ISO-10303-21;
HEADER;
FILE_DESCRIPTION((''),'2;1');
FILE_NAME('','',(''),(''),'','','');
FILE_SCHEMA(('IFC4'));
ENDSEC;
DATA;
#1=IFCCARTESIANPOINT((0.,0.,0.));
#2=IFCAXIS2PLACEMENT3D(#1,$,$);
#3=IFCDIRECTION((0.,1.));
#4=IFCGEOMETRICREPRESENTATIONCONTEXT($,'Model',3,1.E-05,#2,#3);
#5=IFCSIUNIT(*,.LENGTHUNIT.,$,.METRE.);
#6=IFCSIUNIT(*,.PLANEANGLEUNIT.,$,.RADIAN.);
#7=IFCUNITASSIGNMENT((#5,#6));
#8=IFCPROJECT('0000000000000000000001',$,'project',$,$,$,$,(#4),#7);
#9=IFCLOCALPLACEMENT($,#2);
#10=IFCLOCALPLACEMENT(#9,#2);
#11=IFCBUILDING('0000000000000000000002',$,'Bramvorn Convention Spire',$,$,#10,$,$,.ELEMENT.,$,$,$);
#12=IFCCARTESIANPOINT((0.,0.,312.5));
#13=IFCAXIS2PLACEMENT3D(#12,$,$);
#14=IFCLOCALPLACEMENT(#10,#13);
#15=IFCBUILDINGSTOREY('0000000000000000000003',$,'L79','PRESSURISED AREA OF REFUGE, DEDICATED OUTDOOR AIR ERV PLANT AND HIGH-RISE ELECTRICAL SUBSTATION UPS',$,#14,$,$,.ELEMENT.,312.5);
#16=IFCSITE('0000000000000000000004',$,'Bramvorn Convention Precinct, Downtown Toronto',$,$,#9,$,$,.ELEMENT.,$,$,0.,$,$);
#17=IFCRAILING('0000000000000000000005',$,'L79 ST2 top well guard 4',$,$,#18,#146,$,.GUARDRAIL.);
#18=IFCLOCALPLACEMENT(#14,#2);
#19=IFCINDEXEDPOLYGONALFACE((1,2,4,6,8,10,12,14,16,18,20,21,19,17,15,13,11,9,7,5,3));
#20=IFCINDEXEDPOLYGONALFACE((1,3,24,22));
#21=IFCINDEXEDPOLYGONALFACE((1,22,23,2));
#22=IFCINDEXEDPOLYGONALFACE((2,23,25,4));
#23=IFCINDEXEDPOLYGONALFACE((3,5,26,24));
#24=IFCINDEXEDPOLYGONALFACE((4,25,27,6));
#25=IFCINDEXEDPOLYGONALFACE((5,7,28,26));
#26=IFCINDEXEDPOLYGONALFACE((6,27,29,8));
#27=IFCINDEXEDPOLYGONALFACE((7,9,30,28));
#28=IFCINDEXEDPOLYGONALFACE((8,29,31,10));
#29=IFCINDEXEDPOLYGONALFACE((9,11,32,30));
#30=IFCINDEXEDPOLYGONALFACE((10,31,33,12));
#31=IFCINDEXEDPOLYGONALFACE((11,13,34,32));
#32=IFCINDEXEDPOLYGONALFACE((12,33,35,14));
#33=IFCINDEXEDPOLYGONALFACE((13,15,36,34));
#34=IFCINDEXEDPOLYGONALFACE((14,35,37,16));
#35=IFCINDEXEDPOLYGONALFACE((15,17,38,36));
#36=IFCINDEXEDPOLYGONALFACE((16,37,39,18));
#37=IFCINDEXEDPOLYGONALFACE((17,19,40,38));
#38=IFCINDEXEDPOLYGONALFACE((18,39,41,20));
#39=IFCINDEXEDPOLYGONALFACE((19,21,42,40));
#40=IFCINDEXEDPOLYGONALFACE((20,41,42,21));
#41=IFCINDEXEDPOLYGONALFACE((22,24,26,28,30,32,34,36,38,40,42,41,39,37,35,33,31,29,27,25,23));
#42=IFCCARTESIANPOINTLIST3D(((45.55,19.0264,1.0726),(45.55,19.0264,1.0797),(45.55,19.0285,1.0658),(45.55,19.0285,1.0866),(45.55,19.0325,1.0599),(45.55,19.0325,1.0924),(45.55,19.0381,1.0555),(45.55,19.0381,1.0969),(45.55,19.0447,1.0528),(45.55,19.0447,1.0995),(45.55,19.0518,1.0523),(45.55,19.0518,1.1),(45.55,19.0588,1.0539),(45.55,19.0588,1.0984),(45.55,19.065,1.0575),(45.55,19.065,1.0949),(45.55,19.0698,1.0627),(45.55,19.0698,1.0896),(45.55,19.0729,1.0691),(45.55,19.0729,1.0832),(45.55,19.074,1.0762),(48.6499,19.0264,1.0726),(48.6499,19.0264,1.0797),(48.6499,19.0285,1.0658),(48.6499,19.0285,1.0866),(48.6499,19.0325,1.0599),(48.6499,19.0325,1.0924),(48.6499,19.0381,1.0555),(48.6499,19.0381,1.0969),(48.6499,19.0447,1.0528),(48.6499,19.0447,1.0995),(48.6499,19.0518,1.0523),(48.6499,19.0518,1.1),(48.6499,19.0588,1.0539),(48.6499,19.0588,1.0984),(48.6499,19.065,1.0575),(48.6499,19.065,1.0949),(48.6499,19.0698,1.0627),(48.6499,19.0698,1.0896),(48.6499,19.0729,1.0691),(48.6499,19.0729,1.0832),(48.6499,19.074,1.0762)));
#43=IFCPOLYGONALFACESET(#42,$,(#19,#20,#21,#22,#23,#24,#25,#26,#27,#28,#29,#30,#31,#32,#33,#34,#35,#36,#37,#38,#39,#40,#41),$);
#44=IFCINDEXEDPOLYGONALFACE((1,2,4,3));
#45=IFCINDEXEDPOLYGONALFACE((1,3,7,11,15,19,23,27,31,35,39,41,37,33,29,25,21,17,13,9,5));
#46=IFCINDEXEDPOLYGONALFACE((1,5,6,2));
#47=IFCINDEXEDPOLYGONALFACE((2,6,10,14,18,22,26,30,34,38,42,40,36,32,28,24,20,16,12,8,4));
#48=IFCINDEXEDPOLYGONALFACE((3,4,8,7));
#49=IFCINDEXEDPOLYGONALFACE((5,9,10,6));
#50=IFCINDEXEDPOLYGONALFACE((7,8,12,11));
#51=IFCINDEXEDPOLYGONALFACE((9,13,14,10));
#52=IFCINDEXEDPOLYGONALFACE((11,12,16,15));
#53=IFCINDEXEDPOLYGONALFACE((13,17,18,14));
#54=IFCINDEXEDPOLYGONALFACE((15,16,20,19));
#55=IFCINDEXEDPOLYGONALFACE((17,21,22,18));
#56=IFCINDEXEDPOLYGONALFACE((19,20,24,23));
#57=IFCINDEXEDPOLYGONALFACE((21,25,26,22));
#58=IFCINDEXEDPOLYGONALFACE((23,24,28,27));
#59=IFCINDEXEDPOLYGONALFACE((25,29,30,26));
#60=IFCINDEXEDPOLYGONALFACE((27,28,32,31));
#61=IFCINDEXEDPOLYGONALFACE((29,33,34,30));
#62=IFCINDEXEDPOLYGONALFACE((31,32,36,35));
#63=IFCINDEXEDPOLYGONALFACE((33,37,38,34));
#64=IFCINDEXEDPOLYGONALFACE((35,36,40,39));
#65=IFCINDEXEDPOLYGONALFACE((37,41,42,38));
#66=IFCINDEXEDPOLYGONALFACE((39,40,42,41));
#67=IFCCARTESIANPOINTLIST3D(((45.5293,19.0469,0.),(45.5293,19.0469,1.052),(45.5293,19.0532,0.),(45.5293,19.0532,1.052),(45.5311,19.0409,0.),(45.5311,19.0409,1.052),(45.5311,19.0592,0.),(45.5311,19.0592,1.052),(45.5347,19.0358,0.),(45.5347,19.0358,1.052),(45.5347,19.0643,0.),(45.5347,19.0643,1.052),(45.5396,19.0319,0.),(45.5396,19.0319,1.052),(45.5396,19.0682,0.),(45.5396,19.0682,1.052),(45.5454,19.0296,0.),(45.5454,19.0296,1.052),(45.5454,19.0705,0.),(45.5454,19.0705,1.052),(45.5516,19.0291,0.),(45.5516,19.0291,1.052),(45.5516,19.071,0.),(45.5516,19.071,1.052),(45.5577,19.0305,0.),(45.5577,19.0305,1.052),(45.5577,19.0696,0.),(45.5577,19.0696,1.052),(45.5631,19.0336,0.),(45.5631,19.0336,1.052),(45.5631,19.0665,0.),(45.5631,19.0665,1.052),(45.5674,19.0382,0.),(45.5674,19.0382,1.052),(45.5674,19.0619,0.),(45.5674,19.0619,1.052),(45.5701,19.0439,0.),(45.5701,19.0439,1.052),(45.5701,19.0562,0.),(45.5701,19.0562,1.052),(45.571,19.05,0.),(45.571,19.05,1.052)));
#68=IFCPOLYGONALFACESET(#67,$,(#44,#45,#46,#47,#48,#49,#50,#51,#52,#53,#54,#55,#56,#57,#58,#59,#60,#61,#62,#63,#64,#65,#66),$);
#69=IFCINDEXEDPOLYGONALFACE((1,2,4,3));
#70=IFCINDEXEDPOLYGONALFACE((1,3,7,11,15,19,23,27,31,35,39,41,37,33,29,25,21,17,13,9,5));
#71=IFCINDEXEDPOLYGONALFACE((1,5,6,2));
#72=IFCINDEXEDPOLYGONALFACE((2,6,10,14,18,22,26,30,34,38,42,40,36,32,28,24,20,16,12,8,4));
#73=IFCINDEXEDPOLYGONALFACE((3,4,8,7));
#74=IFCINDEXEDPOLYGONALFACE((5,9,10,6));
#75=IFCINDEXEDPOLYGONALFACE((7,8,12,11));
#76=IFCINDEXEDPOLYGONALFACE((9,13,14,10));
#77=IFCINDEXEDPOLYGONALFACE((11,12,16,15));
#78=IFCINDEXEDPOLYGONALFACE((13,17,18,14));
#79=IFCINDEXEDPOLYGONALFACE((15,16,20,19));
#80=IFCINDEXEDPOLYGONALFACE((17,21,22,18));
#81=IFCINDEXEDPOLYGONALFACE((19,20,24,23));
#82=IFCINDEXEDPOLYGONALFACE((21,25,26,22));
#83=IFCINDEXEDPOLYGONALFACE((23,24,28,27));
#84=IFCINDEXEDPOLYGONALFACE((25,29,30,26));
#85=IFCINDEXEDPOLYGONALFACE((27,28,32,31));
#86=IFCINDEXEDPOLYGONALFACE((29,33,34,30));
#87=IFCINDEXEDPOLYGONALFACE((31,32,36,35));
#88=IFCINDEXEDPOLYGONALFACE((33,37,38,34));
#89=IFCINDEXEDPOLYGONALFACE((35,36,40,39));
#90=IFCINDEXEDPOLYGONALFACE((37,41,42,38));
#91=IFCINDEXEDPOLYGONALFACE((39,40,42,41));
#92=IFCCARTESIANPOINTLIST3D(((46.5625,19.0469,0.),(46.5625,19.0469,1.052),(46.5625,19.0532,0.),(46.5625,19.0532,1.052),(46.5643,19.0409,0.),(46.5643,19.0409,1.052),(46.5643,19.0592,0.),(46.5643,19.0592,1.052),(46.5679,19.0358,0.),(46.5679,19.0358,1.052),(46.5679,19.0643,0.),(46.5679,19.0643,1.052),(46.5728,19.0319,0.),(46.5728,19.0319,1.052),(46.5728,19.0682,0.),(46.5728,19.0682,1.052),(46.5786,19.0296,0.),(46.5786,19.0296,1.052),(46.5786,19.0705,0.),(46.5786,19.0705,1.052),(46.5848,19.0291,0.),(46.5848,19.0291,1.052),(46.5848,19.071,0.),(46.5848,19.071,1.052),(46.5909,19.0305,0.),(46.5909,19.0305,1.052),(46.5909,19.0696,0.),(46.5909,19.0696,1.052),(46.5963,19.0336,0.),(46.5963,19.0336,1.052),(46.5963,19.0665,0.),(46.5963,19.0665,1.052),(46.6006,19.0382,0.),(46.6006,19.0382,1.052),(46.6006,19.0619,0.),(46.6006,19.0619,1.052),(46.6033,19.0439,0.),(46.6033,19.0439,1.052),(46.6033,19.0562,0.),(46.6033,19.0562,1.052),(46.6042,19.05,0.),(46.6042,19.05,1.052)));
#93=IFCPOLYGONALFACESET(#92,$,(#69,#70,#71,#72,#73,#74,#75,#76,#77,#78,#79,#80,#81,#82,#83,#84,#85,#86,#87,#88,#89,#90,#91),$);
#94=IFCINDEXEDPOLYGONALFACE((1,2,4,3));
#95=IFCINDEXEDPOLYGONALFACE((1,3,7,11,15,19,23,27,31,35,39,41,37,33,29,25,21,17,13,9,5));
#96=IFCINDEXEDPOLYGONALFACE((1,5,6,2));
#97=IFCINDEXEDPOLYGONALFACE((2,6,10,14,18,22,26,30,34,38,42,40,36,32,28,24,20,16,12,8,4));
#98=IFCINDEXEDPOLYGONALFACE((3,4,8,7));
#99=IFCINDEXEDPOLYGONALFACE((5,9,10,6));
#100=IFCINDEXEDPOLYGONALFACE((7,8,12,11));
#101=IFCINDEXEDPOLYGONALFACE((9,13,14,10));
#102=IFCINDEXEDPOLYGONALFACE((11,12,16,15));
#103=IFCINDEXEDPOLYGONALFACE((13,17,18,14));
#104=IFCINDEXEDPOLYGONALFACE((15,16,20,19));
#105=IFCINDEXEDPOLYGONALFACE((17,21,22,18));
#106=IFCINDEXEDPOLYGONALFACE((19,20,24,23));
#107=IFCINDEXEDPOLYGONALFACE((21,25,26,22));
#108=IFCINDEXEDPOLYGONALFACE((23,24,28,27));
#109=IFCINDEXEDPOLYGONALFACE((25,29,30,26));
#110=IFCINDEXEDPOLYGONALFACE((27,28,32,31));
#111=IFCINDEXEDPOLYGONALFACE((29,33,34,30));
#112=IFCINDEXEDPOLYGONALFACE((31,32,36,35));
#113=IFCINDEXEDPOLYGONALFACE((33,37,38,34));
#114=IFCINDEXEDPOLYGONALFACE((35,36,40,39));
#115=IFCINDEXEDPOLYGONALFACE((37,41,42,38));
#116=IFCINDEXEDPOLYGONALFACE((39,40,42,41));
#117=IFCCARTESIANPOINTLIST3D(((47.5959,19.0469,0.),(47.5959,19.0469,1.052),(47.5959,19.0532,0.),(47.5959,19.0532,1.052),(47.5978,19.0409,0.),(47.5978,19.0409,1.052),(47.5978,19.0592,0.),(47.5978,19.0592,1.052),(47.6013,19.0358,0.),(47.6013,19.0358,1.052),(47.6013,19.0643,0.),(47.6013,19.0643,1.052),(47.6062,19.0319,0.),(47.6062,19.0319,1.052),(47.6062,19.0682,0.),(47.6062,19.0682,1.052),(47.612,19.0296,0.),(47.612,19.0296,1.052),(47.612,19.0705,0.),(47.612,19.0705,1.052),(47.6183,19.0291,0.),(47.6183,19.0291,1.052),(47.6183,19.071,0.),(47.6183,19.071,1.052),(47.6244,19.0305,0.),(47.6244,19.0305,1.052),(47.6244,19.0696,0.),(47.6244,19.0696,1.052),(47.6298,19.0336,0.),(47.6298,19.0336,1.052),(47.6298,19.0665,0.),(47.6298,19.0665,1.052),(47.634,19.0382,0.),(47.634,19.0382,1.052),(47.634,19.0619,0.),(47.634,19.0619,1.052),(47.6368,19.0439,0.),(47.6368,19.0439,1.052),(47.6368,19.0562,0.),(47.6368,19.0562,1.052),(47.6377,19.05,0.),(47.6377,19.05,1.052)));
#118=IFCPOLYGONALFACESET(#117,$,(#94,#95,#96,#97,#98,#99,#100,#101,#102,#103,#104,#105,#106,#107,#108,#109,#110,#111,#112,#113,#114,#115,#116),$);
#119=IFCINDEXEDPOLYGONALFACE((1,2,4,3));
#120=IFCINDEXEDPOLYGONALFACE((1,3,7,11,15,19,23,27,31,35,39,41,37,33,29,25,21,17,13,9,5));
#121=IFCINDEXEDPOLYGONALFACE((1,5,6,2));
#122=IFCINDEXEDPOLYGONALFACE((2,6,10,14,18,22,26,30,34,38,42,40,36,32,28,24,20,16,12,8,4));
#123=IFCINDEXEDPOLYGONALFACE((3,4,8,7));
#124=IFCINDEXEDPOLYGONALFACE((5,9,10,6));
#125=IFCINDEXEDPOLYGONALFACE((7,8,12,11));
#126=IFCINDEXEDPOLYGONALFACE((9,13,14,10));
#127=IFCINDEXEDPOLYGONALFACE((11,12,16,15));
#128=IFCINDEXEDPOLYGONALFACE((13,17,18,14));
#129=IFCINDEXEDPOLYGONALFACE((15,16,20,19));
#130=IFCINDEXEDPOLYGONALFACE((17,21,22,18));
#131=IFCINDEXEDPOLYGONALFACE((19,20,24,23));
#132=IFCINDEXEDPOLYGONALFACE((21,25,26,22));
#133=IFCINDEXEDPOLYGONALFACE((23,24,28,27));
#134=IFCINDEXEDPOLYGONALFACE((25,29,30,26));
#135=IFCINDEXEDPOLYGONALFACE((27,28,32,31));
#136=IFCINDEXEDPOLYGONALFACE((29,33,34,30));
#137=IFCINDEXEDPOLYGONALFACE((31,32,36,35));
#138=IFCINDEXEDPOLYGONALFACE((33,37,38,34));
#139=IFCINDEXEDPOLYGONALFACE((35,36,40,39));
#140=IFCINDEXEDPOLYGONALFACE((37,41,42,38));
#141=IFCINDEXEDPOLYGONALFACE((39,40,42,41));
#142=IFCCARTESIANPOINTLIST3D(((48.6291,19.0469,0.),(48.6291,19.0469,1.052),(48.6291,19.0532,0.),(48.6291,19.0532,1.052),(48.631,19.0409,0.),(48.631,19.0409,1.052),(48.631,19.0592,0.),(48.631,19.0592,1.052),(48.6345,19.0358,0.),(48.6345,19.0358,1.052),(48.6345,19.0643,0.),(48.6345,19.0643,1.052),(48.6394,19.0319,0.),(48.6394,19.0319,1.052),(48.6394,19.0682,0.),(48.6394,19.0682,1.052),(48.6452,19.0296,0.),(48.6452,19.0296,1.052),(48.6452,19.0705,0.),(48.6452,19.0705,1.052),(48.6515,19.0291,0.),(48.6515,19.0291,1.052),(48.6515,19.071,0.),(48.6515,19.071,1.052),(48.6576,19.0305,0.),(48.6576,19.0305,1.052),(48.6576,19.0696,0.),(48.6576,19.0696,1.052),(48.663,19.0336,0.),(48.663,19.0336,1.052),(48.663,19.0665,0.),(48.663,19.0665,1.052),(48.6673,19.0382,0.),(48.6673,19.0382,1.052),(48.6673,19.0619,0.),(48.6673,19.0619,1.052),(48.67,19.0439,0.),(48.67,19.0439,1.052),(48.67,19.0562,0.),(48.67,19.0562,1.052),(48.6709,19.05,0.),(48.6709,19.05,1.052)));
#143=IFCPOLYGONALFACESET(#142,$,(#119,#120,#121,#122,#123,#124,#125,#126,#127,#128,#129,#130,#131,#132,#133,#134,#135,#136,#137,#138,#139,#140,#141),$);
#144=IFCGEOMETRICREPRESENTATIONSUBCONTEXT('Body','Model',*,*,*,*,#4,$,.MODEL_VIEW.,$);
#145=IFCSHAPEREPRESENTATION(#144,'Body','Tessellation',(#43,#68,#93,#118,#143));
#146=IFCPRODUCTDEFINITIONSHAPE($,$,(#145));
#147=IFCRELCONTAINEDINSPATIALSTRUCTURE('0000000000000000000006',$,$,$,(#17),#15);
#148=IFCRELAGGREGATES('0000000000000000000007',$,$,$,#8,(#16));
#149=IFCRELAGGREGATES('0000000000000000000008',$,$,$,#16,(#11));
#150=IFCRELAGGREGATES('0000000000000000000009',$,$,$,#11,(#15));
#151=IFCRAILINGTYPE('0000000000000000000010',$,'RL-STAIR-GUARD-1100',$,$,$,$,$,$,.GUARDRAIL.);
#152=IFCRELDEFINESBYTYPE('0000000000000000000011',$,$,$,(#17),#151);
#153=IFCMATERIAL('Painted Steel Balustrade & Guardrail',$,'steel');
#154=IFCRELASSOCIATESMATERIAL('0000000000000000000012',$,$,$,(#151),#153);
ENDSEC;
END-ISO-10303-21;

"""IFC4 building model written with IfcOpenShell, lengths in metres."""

from ifc_helpers import new_model, si_unit, direction, frame, origin, origin_2d, place, context, subcontext, project, spatial, circle, extrude, material, type_object, element, save


model = new_model("IFC4")

# Units and contexts
model_context = context("Model", 3, precision=1e-05, world=origin(), true_north=direction((0.0, 1.0)))
body_context = subcontext(model_context, "Body", "Model", "MODEL_VIEW")
ifc_project = project(units=[si_unit("LENGTHUNIT", "METRE"), si_unit("PLANEANGLEUNIT", "RADIAN")], contexts=[model_context])

# Site, building, storey
site_placement = place(None, origin())
site = spatial("IfcSite", under=ifc_project, at=site_placement, Name="Bramvorn Convention Precinct, Downtown Toronto", CompositionType="ELEMENT", RefElevation=0.0)
building_placement = place(site_placement, origin())
building = spatial("IfcBuilding", under=site, at=building_placement, Name="Bramvorn Convention Spire", CompositionType="ELEMENT")
storey_placement = place(building_placement, frame((0.0, 0.0, 312.5)))
storey = spatial("IfcBuildingStorey", under=building, at=storey_placement, Name="L79", Description="PRESSURISED AREA OF REFUGE, DEDICATED OUTDOOR AIR ERV PLANT AND HIGH-RISE ELECTRICAL SUBSTATION UPS", CompositionType="ELEMENT", Elevation=312.5)

# Railing
ifc_material_1 = material(Name="Painted Steel Balustrade & Guardrail", Category="steel")
railing_type = type_object("IfcRailingType", Name="RL-STAIR-GUARD-1100", PredefinedType="GUARDRAIL", material=ifc_material_1)
railing_placement = place(storey_placement, frame((45.55, 19.05, 0.0)))
element("IfcRailing", 1, at=railing_placement, inside=storey, type_object=railing_type, Name="L79 ST2 top well guard 4", PredefinedType="GUARDRAIL", context=body_context, shape_type="SweptSolid", body=[
    extrude(circle(Radius=0.0239, at=origin_2d()), frame((0.0, 0.0, 1.0762), z_axis=(1.0, 0.0, 0.0), x_axis=(0.0, 1.0, 0.0)), (0.0, 0.0, 1.0), 3.0999),
    extrude(circle(Radius=0.021, at=origin_2d()), origin(), (0.0, 0.0, 1.0), 1.052),
    extrude(circle(Radius=0.021, at=origin_2d()), frame((1.0332, 0.0, 0.0)), (0.0, 0.0, 1.0), 1.052),
    extrude(circle(Radius=0.021, at=origin_2d()), frame((2.0667, 0.0, 0.0)), (0.0, 0.0, 1.0), 1.052),
    extrude(circle(Radius=0.021, at=origin_2d()), frame((3.0999, 0.0, 0.0)), (0.0, 0.0, 1.0), 1.052),
])

save(model, "model.ifc")
